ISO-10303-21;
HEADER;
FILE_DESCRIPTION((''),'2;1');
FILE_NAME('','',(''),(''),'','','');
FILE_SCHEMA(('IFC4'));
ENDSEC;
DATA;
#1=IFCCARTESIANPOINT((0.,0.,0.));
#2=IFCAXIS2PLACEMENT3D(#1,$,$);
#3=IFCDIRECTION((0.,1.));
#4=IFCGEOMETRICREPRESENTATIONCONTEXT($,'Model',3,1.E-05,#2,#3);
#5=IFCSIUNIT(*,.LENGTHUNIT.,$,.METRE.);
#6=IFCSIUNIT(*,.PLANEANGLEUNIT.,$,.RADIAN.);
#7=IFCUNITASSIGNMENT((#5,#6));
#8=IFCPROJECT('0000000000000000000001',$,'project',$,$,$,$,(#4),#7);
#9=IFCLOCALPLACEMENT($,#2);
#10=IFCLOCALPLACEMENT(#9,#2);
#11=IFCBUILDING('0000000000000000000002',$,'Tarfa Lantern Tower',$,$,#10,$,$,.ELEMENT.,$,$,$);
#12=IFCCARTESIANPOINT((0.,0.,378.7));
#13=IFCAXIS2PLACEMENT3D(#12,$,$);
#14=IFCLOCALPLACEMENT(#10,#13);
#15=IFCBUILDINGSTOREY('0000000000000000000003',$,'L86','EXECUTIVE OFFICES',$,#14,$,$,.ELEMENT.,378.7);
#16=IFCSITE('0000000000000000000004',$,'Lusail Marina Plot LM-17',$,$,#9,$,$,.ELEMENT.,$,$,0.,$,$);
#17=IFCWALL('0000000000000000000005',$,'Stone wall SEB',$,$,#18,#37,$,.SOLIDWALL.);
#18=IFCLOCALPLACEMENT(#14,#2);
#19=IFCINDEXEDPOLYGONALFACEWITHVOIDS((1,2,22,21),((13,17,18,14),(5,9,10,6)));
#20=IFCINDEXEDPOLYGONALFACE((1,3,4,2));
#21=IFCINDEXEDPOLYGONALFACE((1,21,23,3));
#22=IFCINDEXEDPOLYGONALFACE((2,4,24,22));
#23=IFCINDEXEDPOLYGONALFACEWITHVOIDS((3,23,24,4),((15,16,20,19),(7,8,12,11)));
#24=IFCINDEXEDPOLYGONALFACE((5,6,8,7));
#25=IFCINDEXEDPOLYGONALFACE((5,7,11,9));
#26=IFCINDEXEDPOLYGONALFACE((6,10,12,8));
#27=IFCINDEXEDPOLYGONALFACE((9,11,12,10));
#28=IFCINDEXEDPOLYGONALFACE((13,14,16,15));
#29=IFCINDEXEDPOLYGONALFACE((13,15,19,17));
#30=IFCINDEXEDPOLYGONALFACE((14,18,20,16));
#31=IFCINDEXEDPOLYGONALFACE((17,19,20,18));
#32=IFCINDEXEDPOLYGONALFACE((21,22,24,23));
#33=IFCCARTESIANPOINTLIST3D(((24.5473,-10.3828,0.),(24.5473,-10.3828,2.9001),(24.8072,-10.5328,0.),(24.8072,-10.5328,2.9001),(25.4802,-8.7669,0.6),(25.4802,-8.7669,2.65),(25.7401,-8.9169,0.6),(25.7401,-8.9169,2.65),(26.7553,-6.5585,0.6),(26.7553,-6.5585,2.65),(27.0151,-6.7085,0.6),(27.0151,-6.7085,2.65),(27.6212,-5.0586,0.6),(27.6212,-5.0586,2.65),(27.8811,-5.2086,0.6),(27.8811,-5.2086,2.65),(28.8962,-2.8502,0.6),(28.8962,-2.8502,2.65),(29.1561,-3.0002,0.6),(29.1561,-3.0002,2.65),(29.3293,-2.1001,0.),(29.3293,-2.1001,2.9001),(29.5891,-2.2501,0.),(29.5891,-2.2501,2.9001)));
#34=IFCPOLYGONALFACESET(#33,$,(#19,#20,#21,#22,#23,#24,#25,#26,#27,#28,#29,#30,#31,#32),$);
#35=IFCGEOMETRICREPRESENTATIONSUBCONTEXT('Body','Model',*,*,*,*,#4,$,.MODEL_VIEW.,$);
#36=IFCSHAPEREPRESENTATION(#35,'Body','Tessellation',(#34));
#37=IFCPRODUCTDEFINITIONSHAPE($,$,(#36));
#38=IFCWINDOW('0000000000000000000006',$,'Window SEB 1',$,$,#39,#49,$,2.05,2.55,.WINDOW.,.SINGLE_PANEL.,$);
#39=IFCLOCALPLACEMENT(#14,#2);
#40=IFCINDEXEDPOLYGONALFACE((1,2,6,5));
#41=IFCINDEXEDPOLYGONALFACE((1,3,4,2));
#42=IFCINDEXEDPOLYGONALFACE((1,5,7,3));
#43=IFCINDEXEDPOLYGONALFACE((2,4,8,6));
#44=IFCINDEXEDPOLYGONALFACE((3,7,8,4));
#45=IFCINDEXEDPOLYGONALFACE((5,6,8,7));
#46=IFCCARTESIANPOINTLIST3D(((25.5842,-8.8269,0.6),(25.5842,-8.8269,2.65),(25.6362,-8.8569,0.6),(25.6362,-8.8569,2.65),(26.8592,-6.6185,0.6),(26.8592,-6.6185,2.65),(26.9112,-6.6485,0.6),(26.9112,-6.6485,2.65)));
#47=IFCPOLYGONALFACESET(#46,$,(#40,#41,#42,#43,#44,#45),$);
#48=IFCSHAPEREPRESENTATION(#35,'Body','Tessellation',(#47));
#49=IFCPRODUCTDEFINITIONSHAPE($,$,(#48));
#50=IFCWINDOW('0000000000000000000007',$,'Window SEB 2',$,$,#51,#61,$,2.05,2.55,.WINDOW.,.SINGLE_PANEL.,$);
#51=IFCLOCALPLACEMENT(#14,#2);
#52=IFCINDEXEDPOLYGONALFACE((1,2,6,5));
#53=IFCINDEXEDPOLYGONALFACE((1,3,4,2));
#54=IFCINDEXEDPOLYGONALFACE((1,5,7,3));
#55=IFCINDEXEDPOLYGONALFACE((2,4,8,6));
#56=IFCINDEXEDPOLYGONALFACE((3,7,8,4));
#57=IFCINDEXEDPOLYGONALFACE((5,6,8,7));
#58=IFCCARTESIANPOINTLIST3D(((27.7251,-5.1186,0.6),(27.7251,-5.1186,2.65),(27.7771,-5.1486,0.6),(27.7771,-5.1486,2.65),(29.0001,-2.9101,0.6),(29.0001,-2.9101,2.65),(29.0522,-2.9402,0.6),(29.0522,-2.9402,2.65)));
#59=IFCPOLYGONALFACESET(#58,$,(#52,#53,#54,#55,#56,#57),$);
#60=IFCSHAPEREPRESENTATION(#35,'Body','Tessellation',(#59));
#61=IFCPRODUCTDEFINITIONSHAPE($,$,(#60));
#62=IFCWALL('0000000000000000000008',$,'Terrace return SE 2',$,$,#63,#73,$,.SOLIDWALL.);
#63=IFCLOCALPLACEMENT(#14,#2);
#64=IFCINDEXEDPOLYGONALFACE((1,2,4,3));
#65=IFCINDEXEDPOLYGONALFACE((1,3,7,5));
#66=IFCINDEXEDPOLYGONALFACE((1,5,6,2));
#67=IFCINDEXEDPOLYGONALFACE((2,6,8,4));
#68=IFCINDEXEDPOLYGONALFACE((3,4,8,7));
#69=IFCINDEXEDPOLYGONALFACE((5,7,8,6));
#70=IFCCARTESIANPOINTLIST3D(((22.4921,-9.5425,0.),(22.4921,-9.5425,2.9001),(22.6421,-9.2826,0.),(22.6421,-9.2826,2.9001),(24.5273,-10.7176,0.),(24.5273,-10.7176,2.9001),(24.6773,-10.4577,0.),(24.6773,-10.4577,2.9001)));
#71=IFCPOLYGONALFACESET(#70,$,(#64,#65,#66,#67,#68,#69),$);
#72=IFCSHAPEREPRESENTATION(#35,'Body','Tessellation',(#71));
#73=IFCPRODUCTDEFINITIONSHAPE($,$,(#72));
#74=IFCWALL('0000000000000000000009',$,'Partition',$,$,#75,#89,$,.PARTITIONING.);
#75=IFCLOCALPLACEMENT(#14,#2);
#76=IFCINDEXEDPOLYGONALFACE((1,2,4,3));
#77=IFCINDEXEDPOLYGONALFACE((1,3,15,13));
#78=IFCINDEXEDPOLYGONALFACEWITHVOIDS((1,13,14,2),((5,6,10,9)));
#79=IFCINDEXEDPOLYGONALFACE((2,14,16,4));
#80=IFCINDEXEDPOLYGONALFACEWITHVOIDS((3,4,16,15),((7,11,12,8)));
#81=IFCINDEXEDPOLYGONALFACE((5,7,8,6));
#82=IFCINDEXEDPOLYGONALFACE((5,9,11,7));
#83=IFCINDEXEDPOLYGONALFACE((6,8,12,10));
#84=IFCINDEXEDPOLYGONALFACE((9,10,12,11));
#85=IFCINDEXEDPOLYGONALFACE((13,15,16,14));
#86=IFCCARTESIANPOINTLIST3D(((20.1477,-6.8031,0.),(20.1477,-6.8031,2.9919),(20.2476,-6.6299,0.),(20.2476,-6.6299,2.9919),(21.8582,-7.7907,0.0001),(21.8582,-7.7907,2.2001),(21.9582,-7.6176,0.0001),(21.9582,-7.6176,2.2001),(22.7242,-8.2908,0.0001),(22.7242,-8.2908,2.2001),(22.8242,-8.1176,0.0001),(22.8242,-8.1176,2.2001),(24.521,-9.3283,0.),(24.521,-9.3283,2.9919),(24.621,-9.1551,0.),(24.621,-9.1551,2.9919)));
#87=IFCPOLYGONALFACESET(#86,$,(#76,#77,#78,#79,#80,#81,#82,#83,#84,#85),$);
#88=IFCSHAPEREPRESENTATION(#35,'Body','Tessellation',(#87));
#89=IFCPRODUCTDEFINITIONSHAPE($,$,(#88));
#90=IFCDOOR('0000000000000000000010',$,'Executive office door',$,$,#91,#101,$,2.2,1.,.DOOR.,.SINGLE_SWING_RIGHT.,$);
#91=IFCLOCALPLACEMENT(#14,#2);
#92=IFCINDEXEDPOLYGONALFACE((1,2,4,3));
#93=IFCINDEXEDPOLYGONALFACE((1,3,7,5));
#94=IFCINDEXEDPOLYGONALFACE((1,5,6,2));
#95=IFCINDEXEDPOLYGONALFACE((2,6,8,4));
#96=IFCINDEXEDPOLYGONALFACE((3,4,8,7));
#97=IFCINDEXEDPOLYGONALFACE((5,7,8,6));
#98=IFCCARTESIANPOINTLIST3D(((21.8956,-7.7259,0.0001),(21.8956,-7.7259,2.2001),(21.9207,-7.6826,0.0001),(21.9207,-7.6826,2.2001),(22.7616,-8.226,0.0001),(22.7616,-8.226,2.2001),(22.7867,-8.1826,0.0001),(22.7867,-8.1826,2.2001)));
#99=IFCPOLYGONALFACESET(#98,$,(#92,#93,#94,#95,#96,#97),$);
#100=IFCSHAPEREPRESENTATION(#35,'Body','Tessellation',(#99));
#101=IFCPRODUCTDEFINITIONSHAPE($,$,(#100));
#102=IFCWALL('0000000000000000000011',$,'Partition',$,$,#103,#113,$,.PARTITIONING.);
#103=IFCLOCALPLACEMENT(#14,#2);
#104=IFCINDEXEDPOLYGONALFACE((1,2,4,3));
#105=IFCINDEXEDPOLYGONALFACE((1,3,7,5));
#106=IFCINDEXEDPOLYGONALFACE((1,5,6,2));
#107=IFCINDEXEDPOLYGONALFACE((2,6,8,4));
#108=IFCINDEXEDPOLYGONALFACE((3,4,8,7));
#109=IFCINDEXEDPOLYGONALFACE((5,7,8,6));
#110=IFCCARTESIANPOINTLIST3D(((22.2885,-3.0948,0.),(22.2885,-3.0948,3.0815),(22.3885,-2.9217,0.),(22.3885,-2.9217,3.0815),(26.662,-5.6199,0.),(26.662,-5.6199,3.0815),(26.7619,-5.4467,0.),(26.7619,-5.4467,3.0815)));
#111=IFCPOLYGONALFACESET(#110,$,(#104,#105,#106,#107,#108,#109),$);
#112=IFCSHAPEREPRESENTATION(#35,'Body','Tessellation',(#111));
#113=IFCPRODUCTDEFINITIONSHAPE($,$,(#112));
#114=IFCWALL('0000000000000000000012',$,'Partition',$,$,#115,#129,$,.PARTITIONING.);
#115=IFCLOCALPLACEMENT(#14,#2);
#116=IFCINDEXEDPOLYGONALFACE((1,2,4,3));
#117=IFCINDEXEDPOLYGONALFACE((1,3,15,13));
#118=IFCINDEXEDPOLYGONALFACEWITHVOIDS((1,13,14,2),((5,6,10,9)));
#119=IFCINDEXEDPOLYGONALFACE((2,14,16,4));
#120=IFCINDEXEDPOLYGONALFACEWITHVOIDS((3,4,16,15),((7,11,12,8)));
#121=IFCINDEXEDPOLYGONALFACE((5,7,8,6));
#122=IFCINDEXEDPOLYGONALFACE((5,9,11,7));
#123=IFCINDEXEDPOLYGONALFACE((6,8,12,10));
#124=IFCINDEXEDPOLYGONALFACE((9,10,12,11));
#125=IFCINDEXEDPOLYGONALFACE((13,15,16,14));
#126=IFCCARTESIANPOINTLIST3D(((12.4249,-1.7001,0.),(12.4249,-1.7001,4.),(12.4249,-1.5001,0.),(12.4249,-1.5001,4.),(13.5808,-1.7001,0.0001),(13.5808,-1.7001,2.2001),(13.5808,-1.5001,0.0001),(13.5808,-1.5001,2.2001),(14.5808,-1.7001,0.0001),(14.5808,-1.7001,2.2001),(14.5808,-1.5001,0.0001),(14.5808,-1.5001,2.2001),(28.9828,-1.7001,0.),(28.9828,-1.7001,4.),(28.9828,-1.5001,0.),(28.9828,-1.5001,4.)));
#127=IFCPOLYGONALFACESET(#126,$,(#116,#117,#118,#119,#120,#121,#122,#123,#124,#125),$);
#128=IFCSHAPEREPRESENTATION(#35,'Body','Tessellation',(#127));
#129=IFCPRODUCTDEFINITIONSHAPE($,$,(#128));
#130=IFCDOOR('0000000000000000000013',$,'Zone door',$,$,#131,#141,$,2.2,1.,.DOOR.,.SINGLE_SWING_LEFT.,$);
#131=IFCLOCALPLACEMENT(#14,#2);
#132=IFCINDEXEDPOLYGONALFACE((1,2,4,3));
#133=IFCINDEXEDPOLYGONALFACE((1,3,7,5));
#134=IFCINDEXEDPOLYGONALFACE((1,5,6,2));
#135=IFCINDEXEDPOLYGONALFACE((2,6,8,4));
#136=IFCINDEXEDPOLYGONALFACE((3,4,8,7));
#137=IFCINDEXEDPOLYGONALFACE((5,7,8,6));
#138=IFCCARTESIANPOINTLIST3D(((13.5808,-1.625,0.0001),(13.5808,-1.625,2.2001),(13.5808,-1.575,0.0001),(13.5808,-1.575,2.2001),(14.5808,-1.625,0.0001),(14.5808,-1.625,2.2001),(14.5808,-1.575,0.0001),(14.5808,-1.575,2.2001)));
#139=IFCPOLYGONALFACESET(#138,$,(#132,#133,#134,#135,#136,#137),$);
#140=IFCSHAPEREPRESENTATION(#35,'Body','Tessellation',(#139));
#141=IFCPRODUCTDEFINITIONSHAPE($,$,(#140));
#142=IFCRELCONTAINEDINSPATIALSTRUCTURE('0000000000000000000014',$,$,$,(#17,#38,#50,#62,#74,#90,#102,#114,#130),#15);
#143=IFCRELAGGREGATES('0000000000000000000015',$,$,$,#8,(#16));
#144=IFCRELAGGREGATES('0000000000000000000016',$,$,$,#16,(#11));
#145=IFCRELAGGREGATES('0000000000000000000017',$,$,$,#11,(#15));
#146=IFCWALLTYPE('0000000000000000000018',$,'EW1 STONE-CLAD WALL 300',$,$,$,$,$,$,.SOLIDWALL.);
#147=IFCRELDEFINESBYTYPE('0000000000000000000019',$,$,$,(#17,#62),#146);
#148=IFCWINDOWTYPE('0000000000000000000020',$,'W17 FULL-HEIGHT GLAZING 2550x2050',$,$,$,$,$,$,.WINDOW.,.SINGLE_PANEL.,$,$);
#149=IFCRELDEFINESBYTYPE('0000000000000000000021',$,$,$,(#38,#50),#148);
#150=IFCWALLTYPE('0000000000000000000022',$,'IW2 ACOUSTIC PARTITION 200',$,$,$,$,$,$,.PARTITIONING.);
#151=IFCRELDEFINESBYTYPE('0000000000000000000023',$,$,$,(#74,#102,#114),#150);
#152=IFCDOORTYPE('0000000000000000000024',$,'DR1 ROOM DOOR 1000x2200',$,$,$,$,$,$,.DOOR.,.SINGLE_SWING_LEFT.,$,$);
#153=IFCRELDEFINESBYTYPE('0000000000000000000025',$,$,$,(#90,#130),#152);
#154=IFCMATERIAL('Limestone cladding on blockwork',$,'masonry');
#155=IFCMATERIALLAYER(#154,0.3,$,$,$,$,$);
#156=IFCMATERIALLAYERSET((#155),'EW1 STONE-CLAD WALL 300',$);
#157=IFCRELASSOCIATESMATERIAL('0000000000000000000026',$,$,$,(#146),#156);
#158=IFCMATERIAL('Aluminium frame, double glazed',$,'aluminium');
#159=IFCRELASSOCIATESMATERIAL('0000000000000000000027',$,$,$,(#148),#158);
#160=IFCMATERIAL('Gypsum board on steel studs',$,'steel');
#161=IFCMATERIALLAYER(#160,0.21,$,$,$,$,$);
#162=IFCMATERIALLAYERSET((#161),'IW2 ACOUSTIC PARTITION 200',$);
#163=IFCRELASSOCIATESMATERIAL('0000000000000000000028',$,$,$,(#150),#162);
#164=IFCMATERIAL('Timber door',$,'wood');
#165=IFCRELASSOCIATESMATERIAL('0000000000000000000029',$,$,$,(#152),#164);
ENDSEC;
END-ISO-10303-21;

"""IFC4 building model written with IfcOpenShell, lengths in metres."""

from ifc_helpers import new_model, si_unit, direction, frame, frame_2d, origin, place, context, subcontext, project, spatial, rectangle, extrude, material, layer, layer_set, type_object, element, fill, save


model = new_model("IFC4")

# Units and contexts
model_context = context("Model", 3, precision=1e-05, world=origin(), true_north=direction((0.0, 1.0)))
body_context = subcontext(model_context, "Body", "Model", "MODEL_VIEW")
ifc_project = project(units=[si_unit("LENGTHUNIT", "METRE"), si_unit("PLANEANGLEUNIT", "RADIAN")], contexts=[model_context])

# Site, building, storey
site_placement = place(None, origin())
site = spatial("IfcSite", under=ifc_project, at=site_placement, Name="Lusail Marina Plot LM-17", CompositionType="ELEMENT", RefElevation=0.0)
building_placement = place(site_placement, origin())
building = spatial("IfcBuilding", under=site, at=building_placement, Name="Tarfa Lantern Tower", CompositionType="ELEMENT")
storey_placement = place(building_placement, frame((0.0, 0.0, 378.7)))
storey = spatial("IfcBuildingStorey", under=building, at=storey_placement, Name="L86", Description="EXECUTIVE OFFICES", CompositionType="ELEMENT", Elevation=378.7)

# Wall, openings, windows
ifc_material_1 = material(Name="Limestone cladding on blockwork", Category="masonry")
ifc_layer_1 = layer(ifc_material_1, 0.3)
ifc_layer_set_1 = layer_set([ifc_layer_1], Name="EW1 STONE-CLAD WALL 300")
wall_type_1 = type_object("IfcWallType", Name="EW1 STONE-CLAD WALL 300", PredefinedType="SOLIDWALL", material=ifc_layer_set_1)
wall_1_placement = place(storey_placement, frame((24.6772, -10.4578, 0.0), z_axis=(0.0, 0.0, 1.0), x_axis=(0.499996, 0.866027, 0.0)))
wall_1 = element("IfcWall", 1, at=wall_1_placement, inside=storey, type_object=wall_type_1, Name="Stone wall SEB", PredefinedType="SOLIDWALL", context=body_context, shape_type="SweptSolid", body=[
    extrude(rectangle(XDim=9.564, YDim=0.3, at=frame_2d((4.782, 0.0))), origin(), (0.0, 0.0, 1.0), 2.9001),
])
opening_1_placement = place(wall_1_placement, frame((1.866, 0.0, 0.6001)))
opening_1 = element("IfcOpeningElement", 2, at=opening_1_placement, cuts=wall_1, PredefinedType="OPENING", context=body_context, shape_type="SweptSolid", body=[
    extrude(rectangle(XDim=2.55, YDim=2.05, at=frame_2d((1.2749, 1.0249))), frame((0.0, 0.1599, 0.0), z_axis=(0.0, -1.0, 0.0), x_axis=(1.0, 0.0, 0.0)), (0.0, 0.0, 1.0), 0.3201),
])
opening_2_placement = place(wall_1_placement, frame((6.1479, 0.0, 0.6001)))
opening_2 = element("IfcOpeningElement", 3, at=opening_2_placement, cuts=wall_1, PredefinedType="OPENING", context=body_context, shape_type="SweptSolid", body=[
    extrude(rectangle(XDim=2.55, YDim=2.05, at=frame_2d((1.2749, 1.0249))), frame((0.0, 0.1599, 0.0), z_axis=(0.0, -1.0, 0.0), x_axis=(1.0, 0.0, 0.0)), (0.0, 0.0, 1.0), 0.3201),
])
ifc_material_2 = material(Name="Aluminium frame, double glazed", Category="aluminium")
window_type = type_object("IfcWindowType", Name="W17 FULL-HEIGHT GLAZING 2550x2050", PartitioningType="SINGLE_PANEL", PredefinedType="WINDOW", material=ifc_material_2)
window_1_placement = place(opening_1_placement, origin())
window_1 = element("IfcWindow", 4, at=window_1_placement, inside=storey, type_object=window_type, Name="Window SEB 1", OverallHeight=2.05, OverallWidth=2.55, PartitioningType="SINGLE_PANEL", PredefinedType="WINDOW", context=body_context, shape_type="SweptSolid", body=[
    extrude(rectangle(XDim=2.55, YDim=2.05, at=frame_2d((1.2749, 1.0249))), frame((0.0, 0.03, 0.0), z_axis=(0.0, -1.0, 0.0), x_axis=(1.0, 0.0, 0.0)), (0.0, 0.0, 1.0), 0.0601),
])
fill(opening_1, window_1)
window_2_placement = place(opening_2_placement, origin())
window_2 = element("IfcWindow", 5, at=window_2_placement, inside=storey, type_object=window_type, Name="Window SEB 2", OverallHeight=2.05, OverallWidth=2.55, PartitioningType="SINGLE_PANEL", PredefinedType="WINDOW", context=body_context, shape_type="SweptSolid", body=[
    extrude(rectangle(XDim=2.55, YDim=2.05, at=frame_2d((1.2749, 1.0249))), frame((0.0, 0.03, 0.0), z_axis=(0.0, -1.0, 0.0), x_axis=(1.0, 0.0, 0.0)), (0.0, 0.0, 1.0), 0.0601),
])
fill(opening_2, window_2)

# Wall
wall_2_placement = place(storey_placement, frame((24.6023, -10.5876, 0.0), z_axis=(0.0, 0.0, 1.0), x_axis=(-0.866016, 0.500016, 0.0)))
element("IfcWall", 6, at=wall_2_placement, inside=storey, type_object=wall_type_1, Name="Terrace return SE 2", PredefinedType="SOLIDWALL", context=body_context, shape_type="SweptSolid", body=[
    extrude(rectangle(XDim=2.3501, YDim=0.3, at=frame_2d((1.175, 0.0))), origin(), (0.0, 0.0, 1.0), 2.9001),
])

# Wall, opening, door
ifc_material_3 = material(Name="Gypsum board on steel studs", Category="steel")
ifc_layer_2 = layer(ifc_material_3, 0.21)
ifc_layer_set_2 = layer_set([ifc_layer_2], Name="IW2 ACOUSTIC PARTITION 200")
wall_type_2 = type_object("IfcWallType", Name="IW2 ACOUSTIC PARTITION 200", PredefinedType="PARTITIONING", material=ifc_layer_set_2)
wall_3_placement = place(storey_placement, frame((20.1978, -6.7166, 0.0), z_axis=(0.0, 0.0, 1.0), x_axis=(0.866006, -0.500034, 0.0)))
wall_3 = element("IfcWall", 7, at=wall_3_placement, inside=storey, type_object=wall_type_2, Name="Partition", PredefinedType="PARTITIONING", context=body_context, shape_type="SweptSolid", body=[
    extrude(rectangle(XDim=5.05, YDim=0.2, at=frame_2d((2.5249, 0.0))), origin(), (0.0, 0.0, 1.0), 2.9919),
])
opening_3_placement = place(wall_3_placement, frame((1.9751, 0.0, 0.0)))
opening_3 = element("IfcOpeningElement", 8, at=opening_3_placement, cuts=wall_3, PredefinedType="OPENING", context=body_context, shape_type="SweptSolid", body=[
    extrude(rectangle(XDim=1.0, YDim=2.2, at=frame_2d((0.5, 1.1001))), frame((0.0, 0.1099, 0.0), z_axis=(0.0, -1.0, 0.0), x_axis=(1.0, 0.0, 0.0)), (0.0, 0.0, 1.0), 0.22),
])
ifc_material_4 = material(Name="Timber door", Category="wood")
door_type_1 = type_object("IfcDoorType", Name="DR1 ROOM DOOR 1000x2200", OperationType="SINGLE_SWING_LEFT", PredefinedType="DOOR", material=ifc_material_4)
door_1_placement = place(opening_3_placement, origin())
door_1 = element("IfcDoor", 9, at=door_1_placement, inside=storey, type_object=door_type_1, Name="Executive office door", OperationType="SINGLE_SWING_RIGHT", OverallHeight=2.2, OverallWidth=1.0, PredefinedType="DOOR", context=body_context, shape_type="SweptSolid", body=[
    extrude(rectangle(XDim=1.0, YDim=2.2, at=frame_2d((0.5, 1.1001))), frame((0.0, 0.0249, 0.0), z_axis=(0.0, -1.0, 0.0), x_axis=(1.0, 0.0, 0.0)), (0.0, 0.0, 1.0), 0.05),
])
fill(opening_3, door_1)

# Wall
wall_4_placement = place(storey_placement, frame((22.3386, -3.0083, 0.0), z_axis=(0.0, 0.0, 1.0), x_axis=(0.866018, -0.500013, 0.0)))
element("IfcWall", 10, at=wall_4_placement, inside=storey, type_object=wall_type_2, Name="Partition", PredefinedType="PARTITIONING", context=body_context, shape_type="SweptSolid", body=[
    extrude(rectangle(XDim=5.05, YDim=0.2, at=frame_2d((2.5249, 0.0))), origin(), (0.0, 0.0, 1.0), 3.0815),
])

# Wall, opening, door
wall_5_placement = place(storey_placement, frame((12.425, -1.6001, 0.0), z_axis=(0.0, 0.0, 1.0), x_axis=(1.0, 0.0, 0.0)))
wall_5 = element("IfcWall", 11, at=wall_5_placement, inside=storey, type_object=wall_type_2, Name="Partition", PredefinedType="PARTITIONING", context=body_context, shape_type="SweptSolid", body=[
    extrude(rectangle(XDim=16.5579, YDim=0.2, at=frame_2d((8.2788, 0.0))), origin(), (0.0, 0.0, 1.0), 4.0),
])
opening_4_placement = place(wall_5_placement, frame((1.1558, 0.0, 0.0)))
opening_4 = element("IfcOpeningElement", 12, at=opening_4_placement, cuts=wall_5, PredefinedType="OPENING", context=body_context, shape_type="SweptSolid", body=[
    extrude(rectangle(XDim=1.0, YDim=2.2, at=frame_2d((0.5, 1.1001))), frame((0.0, 0.1099, 0.0), z_axis=(0.0, -1.0, 0.0), x_axis=(1.0, 0.0, 0.0)), (0.0, 0.0, 1.0), 0.22),
])
door_2_placement = place(opening_4_placement, frame((1.0, 0.0, 0.0), z_axis=(0.0, 0.0, 1.0), x_axis=(-1.0, 0.0, 0.0)))
door_2 = element("IfcDoor", 13, at=door_2_placement, inside=storey, type_object=door_type_1, Name="Zone door", OperationType="SINGLE_SWING_LEFT", OverallHeight=2.2, OverallWidth=1.0, PredefinedType="DOOR", context=body_context, shape_type="SweptSolid", body=[
    extrude(rectangle(XDim=1.0, YDim=2.2, at=frame_2d((0.5, 1.1001))), frame((0.0, 0.0249, 0.0), z_axis=(0.0, -1.0, 0.0), x_axis=(1.0, 0.0, 0.0)), (0.0, 0.0, 1.0), 0.05),
])
fill(opening_4, door_2)

save(model, "model.ifc")
